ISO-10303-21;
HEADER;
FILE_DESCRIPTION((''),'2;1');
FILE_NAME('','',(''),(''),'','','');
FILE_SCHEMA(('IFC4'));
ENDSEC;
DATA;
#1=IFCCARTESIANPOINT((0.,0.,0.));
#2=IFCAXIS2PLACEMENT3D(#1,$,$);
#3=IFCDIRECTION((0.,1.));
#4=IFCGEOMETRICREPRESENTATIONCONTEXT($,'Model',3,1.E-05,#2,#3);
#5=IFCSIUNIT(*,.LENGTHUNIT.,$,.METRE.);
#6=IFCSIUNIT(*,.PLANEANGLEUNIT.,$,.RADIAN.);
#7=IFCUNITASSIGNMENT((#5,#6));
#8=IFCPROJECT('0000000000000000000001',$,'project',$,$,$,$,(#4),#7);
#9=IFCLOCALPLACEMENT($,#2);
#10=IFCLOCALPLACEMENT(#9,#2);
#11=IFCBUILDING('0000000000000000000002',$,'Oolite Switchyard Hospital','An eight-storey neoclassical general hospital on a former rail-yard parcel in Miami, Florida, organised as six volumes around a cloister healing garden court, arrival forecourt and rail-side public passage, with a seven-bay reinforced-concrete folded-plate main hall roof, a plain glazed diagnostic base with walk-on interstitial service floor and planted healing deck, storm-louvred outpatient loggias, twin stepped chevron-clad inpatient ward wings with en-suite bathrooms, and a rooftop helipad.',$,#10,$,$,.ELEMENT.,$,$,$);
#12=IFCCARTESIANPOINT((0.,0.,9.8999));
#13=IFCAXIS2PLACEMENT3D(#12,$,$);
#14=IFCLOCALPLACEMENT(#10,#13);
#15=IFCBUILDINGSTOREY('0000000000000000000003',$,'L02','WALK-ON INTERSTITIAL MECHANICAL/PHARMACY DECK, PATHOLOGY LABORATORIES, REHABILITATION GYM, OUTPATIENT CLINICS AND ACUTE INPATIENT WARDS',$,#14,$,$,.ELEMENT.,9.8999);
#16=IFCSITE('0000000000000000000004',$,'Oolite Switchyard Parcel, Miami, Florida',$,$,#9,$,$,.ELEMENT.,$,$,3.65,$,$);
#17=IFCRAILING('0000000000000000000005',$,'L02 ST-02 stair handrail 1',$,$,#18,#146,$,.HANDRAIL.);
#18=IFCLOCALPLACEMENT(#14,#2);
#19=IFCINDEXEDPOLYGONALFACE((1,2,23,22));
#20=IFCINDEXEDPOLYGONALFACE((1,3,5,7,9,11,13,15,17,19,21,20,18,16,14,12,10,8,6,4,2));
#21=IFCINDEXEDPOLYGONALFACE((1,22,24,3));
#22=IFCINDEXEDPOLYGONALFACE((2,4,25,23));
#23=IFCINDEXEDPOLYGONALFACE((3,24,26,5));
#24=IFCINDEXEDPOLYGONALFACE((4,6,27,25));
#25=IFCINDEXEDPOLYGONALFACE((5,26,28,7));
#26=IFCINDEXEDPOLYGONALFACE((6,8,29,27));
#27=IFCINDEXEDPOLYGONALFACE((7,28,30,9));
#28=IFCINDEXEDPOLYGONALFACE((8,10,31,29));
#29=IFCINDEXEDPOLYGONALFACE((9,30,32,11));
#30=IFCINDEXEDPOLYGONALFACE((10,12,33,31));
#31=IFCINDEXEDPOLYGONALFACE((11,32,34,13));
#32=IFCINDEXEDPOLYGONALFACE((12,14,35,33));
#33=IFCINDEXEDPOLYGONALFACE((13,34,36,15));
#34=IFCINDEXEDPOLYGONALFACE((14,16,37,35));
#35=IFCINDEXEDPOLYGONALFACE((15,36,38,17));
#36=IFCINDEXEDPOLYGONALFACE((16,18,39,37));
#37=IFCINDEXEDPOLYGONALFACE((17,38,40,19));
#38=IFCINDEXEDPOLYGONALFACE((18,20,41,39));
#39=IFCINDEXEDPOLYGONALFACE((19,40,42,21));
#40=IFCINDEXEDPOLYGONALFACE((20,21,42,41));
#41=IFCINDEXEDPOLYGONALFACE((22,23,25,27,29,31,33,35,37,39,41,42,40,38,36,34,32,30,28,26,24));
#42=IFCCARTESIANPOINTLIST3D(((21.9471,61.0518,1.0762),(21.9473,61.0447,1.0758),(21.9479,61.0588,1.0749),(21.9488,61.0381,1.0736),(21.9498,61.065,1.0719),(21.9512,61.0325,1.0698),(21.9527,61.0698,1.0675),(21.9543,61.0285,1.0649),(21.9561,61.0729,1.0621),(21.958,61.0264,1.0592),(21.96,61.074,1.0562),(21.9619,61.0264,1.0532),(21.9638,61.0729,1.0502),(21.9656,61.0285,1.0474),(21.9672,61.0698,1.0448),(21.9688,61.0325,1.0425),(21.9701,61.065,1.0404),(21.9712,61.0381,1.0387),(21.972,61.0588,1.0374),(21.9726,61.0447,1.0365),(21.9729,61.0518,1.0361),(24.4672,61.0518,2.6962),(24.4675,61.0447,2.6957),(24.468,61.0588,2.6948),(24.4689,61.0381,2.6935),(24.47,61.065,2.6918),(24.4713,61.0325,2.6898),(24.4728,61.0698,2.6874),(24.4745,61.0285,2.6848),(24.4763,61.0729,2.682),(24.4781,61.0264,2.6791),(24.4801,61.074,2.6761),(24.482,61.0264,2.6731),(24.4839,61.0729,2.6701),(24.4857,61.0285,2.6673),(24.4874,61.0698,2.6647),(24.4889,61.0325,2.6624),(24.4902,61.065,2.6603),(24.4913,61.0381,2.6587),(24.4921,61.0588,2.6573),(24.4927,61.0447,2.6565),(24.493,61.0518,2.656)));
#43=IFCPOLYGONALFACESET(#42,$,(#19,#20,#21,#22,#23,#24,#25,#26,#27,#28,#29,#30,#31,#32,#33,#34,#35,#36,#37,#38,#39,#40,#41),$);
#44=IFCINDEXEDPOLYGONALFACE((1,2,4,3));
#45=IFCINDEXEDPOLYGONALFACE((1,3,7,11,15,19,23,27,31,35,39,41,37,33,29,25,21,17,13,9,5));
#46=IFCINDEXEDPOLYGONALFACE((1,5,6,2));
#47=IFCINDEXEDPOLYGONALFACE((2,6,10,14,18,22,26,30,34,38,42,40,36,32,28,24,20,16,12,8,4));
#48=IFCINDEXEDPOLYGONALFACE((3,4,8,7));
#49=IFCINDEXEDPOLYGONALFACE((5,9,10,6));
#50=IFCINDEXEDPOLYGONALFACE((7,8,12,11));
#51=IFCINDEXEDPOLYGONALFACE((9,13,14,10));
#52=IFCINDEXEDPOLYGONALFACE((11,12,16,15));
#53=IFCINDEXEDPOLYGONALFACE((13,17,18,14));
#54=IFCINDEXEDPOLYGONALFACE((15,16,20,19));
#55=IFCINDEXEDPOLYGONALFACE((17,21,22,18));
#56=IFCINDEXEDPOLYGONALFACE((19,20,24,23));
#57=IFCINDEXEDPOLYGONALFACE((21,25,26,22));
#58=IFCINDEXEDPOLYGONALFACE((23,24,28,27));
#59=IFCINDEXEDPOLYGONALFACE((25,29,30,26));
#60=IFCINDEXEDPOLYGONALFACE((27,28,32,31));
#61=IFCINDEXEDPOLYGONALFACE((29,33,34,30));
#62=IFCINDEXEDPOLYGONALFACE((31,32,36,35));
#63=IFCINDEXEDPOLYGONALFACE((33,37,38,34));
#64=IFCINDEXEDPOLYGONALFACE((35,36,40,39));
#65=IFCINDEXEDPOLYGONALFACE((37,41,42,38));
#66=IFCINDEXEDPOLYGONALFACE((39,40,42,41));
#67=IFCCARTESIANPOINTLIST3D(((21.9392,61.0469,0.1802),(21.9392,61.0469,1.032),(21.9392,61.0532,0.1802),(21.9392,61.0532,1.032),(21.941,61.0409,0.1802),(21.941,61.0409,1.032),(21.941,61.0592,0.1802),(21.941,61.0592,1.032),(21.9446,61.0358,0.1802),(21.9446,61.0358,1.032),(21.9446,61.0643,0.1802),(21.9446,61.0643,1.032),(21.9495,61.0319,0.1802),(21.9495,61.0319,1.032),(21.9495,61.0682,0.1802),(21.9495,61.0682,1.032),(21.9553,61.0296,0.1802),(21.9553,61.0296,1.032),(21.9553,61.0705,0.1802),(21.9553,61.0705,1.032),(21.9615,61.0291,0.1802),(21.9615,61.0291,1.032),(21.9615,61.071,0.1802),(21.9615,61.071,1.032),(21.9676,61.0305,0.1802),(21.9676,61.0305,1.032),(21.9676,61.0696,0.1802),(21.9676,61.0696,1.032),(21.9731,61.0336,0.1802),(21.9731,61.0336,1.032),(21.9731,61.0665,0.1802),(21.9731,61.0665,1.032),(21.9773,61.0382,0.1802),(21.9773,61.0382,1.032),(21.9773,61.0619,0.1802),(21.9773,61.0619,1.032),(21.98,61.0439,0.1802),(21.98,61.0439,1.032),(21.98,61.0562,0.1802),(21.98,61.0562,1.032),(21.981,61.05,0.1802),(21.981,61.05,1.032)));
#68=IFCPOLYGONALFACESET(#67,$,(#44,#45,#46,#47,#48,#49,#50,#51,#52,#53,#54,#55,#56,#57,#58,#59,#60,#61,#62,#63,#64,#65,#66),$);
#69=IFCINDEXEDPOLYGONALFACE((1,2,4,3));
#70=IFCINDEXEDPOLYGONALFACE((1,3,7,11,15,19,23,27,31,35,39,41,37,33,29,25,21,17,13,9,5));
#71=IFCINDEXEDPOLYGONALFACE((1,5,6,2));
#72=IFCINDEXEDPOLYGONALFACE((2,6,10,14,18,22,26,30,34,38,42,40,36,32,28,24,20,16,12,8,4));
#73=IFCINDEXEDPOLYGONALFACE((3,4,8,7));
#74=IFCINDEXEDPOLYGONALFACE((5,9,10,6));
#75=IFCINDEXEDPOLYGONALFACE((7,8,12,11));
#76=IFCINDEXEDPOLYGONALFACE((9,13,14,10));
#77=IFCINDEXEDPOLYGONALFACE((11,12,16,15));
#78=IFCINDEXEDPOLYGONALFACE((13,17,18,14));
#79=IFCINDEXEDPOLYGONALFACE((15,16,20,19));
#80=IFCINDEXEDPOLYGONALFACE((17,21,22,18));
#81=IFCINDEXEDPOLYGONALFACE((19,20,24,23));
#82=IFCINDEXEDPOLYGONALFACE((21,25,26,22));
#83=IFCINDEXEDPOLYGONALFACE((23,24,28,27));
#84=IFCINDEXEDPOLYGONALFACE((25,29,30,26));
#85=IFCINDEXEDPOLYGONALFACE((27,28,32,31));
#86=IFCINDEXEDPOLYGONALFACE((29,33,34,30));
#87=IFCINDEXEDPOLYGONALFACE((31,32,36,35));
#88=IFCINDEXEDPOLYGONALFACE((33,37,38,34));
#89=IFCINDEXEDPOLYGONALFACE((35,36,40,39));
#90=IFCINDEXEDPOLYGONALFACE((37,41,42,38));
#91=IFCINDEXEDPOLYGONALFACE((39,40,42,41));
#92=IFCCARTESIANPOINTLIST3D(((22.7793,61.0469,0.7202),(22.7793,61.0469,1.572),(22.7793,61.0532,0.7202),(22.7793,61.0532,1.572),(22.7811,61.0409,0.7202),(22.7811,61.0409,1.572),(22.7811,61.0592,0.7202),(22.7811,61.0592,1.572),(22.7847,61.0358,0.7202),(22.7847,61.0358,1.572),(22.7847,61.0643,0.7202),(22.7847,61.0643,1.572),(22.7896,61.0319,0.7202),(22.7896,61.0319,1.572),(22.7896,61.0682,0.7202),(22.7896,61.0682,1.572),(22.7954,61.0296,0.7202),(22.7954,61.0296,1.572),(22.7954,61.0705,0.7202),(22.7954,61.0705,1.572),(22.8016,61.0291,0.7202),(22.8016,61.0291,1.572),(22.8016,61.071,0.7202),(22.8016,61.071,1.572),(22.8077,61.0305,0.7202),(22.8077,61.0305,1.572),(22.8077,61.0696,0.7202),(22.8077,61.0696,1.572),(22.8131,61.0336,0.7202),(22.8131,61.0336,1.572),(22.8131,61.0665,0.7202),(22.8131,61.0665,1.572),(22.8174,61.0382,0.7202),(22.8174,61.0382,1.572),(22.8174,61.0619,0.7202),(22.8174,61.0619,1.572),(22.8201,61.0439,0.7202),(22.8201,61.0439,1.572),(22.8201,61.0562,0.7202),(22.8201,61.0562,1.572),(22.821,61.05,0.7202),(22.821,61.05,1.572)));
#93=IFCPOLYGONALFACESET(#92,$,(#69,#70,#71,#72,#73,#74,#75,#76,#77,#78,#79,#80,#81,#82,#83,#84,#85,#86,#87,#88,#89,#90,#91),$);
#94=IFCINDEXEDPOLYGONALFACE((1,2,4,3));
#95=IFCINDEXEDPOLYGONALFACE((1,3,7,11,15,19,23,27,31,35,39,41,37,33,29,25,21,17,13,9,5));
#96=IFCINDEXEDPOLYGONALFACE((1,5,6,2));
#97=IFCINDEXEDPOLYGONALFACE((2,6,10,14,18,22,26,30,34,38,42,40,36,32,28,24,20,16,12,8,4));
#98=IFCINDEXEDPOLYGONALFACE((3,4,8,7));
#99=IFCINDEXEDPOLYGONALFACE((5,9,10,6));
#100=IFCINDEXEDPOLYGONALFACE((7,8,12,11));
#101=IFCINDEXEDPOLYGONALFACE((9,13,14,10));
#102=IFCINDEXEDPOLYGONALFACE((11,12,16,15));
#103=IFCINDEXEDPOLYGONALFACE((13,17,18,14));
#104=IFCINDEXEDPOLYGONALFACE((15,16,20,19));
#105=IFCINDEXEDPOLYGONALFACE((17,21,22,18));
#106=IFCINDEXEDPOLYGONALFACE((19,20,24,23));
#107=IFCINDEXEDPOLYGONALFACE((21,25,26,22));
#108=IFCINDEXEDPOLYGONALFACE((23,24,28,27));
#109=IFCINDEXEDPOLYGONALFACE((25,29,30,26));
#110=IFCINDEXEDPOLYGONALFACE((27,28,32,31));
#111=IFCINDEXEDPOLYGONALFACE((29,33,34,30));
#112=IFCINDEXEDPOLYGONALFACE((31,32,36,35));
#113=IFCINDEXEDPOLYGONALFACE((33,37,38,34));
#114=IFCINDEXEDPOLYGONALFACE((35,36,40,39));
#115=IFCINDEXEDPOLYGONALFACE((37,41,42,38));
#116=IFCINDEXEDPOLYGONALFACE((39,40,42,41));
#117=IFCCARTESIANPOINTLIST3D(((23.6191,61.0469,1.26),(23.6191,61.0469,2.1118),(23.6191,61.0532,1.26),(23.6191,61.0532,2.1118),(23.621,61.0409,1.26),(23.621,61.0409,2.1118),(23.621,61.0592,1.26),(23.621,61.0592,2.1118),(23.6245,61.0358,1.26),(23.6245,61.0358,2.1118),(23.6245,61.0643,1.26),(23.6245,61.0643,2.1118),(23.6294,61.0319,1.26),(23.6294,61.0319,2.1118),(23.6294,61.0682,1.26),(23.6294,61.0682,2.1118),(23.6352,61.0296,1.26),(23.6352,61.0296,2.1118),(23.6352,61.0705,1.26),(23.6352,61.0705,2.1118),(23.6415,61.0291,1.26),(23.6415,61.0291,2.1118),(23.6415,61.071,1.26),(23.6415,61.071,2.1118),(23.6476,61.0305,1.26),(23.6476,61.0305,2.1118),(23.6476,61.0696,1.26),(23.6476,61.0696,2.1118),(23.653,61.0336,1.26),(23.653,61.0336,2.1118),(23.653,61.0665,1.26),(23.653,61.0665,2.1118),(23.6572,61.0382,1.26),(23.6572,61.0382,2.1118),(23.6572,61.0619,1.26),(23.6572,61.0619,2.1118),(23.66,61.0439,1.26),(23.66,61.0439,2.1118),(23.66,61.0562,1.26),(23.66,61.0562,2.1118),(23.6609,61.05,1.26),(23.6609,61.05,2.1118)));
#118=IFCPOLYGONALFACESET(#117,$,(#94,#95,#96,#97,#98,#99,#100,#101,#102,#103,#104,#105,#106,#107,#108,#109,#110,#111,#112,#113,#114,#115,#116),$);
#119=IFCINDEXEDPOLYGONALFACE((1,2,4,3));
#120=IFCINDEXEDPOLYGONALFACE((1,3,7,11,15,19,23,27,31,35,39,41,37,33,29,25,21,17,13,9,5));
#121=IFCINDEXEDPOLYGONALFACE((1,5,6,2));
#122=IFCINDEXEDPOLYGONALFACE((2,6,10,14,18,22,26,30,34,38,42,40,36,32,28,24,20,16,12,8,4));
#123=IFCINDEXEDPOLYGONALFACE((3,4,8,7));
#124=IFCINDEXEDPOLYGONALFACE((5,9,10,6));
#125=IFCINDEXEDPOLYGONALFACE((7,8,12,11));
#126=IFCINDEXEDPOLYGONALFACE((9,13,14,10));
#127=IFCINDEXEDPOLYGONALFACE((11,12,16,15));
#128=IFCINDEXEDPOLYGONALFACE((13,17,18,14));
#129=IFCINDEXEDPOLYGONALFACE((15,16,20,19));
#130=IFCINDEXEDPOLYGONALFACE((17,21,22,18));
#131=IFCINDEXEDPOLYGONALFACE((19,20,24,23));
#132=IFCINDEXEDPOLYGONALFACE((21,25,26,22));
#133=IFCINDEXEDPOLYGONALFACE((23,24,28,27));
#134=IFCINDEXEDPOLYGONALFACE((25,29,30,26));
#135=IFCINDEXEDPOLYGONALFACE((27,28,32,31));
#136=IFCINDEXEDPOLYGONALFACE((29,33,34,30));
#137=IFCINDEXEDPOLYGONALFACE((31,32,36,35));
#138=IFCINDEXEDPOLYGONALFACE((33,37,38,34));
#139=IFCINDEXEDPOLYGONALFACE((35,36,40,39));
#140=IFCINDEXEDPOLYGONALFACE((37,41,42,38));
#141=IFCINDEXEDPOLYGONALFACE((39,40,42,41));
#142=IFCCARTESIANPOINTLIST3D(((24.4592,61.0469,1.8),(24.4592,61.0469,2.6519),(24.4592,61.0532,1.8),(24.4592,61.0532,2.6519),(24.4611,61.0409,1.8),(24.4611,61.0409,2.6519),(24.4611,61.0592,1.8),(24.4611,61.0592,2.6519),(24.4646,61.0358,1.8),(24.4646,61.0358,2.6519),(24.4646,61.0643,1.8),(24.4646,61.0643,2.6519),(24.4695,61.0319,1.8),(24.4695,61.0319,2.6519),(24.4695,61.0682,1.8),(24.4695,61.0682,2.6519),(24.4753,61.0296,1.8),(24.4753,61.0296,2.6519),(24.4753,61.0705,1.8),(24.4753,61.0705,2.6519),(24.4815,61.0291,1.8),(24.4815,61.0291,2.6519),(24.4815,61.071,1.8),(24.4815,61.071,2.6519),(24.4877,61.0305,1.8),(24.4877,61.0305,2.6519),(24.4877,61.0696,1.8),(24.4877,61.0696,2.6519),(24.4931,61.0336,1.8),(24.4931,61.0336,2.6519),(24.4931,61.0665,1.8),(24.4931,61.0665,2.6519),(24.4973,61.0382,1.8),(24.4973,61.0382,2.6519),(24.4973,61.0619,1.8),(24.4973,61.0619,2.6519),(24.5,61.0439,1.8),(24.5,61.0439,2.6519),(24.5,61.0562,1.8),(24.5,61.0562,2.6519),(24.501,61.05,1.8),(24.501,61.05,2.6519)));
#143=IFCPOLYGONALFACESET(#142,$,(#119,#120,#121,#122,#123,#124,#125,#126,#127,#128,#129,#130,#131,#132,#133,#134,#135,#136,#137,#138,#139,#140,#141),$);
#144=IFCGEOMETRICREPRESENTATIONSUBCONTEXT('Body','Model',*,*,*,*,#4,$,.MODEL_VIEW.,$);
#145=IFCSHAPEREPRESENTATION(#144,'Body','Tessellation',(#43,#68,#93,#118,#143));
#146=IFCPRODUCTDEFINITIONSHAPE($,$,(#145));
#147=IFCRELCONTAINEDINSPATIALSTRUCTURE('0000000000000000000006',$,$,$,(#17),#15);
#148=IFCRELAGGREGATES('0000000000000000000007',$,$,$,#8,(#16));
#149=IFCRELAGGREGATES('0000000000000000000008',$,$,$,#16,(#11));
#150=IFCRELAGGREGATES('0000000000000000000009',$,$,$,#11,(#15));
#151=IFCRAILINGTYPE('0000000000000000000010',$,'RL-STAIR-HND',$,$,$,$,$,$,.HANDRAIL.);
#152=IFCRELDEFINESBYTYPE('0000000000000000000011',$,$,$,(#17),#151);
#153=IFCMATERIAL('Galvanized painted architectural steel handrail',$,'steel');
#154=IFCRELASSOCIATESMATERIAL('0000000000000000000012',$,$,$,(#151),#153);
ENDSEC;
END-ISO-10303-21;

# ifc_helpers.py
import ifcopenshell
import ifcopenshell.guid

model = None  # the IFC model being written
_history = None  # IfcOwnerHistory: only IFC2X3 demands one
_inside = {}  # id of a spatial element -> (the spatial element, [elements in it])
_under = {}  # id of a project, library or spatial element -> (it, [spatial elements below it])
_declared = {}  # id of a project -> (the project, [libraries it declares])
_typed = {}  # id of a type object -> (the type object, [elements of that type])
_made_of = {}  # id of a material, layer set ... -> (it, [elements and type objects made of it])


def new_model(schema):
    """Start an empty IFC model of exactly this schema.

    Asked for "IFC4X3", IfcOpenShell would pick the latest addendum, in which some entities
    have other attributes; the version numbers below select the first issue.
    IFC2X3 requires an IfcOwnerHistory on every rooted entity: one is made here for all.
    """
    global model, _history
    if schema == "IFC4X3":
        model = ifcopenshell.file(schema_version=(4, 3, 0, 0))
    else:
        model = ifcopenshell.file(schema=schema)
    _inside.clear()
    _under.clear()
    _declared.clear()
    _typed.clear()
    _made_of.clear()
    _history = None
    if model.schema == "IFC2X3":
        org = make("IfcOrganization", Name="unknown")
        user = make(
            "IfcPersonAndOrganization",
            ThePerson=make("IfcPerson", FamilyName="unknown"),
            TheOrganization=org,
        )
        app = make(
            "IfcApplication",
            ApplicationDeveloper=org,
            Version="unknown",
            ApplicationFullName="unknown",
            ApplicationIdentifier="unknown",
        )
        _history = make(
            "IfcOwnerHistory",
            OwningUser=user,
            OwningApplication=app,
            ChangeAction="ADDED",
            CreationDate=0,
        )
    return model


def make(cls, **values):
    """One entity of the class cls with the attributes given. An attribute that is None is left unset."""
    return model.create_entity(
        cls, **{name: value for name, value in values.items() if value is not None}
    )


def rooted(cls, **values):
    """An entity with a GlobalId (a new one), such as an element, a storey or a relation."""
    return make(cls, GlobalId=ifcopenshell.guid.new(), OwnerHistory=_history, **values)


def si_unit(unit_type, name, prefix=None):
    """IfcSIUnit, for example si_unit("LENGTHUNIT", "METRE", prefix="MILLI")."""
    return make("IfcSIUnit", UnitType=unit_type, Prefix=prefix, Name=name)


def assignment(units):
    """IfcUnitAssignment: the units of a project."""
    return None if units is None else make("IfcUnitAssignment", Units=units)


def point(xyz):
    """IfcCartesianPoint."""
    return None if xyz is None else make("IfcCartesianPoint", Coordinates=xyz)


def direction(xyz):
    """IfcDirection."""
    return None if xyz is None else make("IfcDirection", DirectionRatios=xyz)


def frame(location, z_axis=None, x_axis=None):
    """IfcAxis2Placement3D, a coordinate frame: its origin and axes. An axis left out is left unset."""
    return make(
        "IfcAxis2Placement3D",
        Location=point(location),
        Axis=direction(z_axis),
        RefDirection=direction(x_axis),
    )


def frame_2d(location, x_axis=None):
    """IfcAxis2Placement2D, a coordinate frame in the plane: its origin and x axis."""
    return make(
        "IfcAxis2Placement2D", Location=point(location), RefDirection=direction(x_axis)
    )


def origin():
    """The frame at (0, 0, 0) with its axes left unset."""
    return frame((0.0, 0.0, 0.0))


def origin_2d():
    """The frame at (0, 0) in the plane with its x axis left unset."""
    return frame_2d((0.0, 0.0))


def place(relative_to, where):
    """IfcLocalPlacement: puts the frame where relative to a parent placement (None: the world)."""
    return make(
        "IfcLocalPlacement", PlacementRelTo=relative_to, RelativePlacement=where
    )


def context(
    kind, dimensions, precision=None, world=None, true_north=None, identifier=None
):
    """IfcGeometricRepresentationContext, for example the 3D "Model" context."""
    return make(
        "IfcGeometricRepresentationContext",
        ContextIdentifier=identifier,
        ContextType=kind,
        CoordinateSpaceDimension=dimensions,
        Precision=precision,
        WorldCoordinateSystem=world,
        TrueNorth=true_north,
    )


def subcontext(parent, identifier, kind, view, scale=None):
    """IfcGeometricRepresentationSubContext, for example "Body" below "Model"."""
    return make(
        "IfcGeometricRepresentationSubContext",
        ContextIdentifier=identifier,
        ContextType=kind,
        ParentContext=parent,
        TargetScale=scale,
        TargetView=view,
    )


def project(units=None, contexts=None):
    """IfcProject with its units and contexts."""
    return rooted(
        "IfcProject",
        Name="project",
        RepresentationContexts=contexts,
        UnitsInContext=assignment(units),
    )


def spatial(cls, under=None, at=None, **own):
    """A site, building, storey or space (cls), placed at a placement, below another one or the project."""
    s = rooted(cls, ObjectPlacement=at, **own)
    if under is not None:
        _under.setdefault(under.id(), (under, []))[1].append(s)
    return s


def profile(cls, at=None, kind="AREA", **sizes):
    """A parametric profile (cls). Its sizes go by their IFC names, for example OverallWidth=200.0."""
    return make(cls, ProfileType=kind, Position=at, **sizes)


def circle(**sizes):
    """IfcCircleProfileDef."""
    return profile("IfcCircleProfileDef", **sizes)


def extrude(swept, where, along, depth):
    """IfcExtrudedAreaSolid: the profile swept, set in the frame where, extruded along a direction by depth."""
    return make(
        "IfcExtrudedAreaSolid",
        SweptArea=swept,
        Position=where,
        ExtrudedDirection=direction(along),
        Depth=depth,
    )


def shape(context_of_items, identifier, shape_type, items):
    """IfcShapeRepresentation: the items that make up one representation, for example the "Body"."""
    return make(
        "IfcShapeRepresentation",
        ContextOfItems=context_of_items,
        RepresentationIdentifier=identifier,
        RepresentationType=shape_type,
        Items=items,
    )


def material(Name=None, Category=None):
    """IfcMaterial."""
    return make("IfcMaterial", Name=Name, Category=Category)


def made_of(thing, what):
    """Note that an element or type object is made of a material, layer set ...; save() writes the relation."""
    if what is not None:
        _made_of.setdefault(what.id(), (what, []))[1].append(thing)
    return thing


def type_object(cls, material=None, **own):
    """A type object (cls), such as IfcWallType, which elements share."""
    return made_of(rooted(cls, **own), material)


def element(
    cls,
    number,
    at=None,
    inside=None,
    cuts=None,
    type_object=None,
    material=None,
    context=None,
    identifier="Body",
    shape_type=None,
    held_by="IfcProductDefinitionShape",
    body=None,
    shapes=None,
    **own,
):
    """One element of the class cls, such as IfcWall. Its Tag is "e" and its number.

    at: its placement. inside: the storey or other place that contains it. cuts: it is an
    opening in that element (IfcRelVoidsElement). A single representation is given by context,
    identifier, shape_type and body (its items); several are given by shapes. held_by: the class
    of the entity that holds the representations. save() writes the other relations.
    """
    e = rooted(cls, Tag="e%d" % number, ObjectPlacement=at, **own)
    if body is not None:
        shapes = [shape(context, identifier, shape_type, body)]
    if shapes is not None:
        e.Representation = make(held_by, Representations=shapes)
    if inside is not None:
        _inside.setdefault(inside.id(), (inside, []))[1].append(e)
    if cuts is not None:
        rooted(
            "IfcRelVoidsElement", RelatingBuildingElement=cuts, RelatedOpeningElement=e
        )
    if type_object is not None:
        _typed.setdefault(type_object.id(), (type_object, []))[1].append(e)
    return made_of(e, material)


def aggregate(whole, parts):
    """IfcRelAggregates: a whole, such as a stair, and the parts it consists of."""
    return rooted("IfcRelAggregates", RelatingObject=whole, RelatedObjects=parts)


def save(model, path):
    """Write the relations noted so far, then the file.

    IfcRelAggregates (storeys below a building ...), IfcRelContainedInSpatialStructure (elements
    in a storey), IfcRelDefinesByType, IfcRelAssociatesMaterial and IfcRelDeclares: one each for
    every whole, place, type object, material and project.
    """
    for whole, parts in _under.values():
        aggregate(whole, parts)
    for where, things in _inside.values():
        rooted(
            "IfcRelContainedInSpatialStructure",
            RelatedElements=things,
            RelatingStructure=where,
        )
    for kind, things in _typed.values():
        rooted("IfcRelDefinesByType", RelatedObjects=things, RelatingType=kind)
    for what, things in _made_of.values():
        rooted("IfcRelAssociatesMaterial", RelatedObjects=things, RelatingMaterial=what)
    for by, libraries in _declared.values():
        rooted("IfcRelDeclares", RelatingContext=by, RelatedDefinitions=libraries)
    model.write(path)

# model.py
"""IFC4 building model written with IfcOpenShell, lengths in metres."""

from ifc_helpers import new_model, si_unit, direction, frame, origin, origin_2d, place, context, subcontext, project, spatial, circle, extrude, material, type_object, element, save


model = new_model("IFC4")

# Units and contexts
model_context = context("Model", 3, precision=1e-05, world=origin(), true_north=direction((0.0, 1.0)))
body_context = subcontext(model_context, "Body", "Model", "MODEL_VIEW")
ifc_project = project(units=[si_unit("LENGTHUNIT", "METRE"), si_unit("PLANEANGLEUNIT", "RADIAN")], contexts=[model_context])

# Site, building, storey
site_placement = place(None, origin())
site = spatial("IfcSite", under=ifc_project, at=site_placement, Name="Oolite Switchyard Parcel, Miami, Florida", CompositionType="ELEMENT", RefElevation=3.65)
building_placement = place(site_placement, origin())
building = spatial("IfcBuilding", under=site, at=building_placement, Name="Oolite Switchyard Hospital", Description="An eight-storey neoclassical general hospital on a former rail-yard parcel in Miami, Florida, organised as six volumes around a cloister healing garden court, arrival forecourt and rail-side public passage, with a seven-bay reinforced-concrete folded-plate main hall roof, a plain glazed diagnostic base with walk-on interstitial service floor and planted healing deck, storm-louvred outpatient loggias, twin stepped chevron-clad inpatient ward wings with en-suite bathrooms, and a rooftop helipad.", CompositionType="ELEMENT")
storey_placement = place(building_placement, frame((0.0, 0.0, 9.8999)))
storey = spatial("IfcBuildingStorey", under=building, at=storey_placement, Name="L02", Description="WALK-ON INTERSTITIAL MECHANICAL/PHARMACY DECK, PATHOLOGY LABORATORIES, REHABILITATION GYM, OUTPATIENT CLINICS AND ACUTE INPATIENT WARDS", CompositionType="ELEMENT", Elevation=9.8999)

# Railing
ifc_material_1 = material(Name="Galvanized painted architectural steel handrail", Category="steel")
railing_type_1 = type_object("IfcRailingType", Name="RL-STAIR-HND", PredefinedType="HANDRAIL", material=ifc_material_1)
railing_1_placement = place(storey_placement, frame((21.96, 61.05, 0.1802)))
element("IfcRailing", 1, at=railing_1_placement, inside=storey, type_object=railing_type_1, Name="L02 ST-02 stair handrail 1", PredefinedType="HANDRAIL", context=body_context, shape_type="SweptSolid", body=[
    extrude(circle(Radius=0.0239, at=origin_2d()), frame((0.0, 0.0, 0.876), z_axis=(0.8412, 0.0, 0.540725), x_axis=(0.0, 1.0, 0.0)), (0.0, 0.0, 1.0), 2.9958),
    extrude(circle(Radius=0.021, at=origin_2d()), origin(), (0.0, 0.0, 1.0), 0.8518),
    extrude(circle(Radius=0.021, at=origin_2d()), frame((0.8401, 0.0, 0.54)), (0.0, 0.0, 1.0), 0.8518),
    extrude(circle(Radius=0.021, at=origin_2d()), frame((1.6799, 0.0, 1.0798)), (0.0, 0.0, 1.0), 0.8518),
    extrude(circle(Radius=0.021, at=origin_2d()), frame((2.52, 0.0, 1.6199)), (0.0, 0.0, 1.0), 0.8518),
])

save(model, "model.ifc")
